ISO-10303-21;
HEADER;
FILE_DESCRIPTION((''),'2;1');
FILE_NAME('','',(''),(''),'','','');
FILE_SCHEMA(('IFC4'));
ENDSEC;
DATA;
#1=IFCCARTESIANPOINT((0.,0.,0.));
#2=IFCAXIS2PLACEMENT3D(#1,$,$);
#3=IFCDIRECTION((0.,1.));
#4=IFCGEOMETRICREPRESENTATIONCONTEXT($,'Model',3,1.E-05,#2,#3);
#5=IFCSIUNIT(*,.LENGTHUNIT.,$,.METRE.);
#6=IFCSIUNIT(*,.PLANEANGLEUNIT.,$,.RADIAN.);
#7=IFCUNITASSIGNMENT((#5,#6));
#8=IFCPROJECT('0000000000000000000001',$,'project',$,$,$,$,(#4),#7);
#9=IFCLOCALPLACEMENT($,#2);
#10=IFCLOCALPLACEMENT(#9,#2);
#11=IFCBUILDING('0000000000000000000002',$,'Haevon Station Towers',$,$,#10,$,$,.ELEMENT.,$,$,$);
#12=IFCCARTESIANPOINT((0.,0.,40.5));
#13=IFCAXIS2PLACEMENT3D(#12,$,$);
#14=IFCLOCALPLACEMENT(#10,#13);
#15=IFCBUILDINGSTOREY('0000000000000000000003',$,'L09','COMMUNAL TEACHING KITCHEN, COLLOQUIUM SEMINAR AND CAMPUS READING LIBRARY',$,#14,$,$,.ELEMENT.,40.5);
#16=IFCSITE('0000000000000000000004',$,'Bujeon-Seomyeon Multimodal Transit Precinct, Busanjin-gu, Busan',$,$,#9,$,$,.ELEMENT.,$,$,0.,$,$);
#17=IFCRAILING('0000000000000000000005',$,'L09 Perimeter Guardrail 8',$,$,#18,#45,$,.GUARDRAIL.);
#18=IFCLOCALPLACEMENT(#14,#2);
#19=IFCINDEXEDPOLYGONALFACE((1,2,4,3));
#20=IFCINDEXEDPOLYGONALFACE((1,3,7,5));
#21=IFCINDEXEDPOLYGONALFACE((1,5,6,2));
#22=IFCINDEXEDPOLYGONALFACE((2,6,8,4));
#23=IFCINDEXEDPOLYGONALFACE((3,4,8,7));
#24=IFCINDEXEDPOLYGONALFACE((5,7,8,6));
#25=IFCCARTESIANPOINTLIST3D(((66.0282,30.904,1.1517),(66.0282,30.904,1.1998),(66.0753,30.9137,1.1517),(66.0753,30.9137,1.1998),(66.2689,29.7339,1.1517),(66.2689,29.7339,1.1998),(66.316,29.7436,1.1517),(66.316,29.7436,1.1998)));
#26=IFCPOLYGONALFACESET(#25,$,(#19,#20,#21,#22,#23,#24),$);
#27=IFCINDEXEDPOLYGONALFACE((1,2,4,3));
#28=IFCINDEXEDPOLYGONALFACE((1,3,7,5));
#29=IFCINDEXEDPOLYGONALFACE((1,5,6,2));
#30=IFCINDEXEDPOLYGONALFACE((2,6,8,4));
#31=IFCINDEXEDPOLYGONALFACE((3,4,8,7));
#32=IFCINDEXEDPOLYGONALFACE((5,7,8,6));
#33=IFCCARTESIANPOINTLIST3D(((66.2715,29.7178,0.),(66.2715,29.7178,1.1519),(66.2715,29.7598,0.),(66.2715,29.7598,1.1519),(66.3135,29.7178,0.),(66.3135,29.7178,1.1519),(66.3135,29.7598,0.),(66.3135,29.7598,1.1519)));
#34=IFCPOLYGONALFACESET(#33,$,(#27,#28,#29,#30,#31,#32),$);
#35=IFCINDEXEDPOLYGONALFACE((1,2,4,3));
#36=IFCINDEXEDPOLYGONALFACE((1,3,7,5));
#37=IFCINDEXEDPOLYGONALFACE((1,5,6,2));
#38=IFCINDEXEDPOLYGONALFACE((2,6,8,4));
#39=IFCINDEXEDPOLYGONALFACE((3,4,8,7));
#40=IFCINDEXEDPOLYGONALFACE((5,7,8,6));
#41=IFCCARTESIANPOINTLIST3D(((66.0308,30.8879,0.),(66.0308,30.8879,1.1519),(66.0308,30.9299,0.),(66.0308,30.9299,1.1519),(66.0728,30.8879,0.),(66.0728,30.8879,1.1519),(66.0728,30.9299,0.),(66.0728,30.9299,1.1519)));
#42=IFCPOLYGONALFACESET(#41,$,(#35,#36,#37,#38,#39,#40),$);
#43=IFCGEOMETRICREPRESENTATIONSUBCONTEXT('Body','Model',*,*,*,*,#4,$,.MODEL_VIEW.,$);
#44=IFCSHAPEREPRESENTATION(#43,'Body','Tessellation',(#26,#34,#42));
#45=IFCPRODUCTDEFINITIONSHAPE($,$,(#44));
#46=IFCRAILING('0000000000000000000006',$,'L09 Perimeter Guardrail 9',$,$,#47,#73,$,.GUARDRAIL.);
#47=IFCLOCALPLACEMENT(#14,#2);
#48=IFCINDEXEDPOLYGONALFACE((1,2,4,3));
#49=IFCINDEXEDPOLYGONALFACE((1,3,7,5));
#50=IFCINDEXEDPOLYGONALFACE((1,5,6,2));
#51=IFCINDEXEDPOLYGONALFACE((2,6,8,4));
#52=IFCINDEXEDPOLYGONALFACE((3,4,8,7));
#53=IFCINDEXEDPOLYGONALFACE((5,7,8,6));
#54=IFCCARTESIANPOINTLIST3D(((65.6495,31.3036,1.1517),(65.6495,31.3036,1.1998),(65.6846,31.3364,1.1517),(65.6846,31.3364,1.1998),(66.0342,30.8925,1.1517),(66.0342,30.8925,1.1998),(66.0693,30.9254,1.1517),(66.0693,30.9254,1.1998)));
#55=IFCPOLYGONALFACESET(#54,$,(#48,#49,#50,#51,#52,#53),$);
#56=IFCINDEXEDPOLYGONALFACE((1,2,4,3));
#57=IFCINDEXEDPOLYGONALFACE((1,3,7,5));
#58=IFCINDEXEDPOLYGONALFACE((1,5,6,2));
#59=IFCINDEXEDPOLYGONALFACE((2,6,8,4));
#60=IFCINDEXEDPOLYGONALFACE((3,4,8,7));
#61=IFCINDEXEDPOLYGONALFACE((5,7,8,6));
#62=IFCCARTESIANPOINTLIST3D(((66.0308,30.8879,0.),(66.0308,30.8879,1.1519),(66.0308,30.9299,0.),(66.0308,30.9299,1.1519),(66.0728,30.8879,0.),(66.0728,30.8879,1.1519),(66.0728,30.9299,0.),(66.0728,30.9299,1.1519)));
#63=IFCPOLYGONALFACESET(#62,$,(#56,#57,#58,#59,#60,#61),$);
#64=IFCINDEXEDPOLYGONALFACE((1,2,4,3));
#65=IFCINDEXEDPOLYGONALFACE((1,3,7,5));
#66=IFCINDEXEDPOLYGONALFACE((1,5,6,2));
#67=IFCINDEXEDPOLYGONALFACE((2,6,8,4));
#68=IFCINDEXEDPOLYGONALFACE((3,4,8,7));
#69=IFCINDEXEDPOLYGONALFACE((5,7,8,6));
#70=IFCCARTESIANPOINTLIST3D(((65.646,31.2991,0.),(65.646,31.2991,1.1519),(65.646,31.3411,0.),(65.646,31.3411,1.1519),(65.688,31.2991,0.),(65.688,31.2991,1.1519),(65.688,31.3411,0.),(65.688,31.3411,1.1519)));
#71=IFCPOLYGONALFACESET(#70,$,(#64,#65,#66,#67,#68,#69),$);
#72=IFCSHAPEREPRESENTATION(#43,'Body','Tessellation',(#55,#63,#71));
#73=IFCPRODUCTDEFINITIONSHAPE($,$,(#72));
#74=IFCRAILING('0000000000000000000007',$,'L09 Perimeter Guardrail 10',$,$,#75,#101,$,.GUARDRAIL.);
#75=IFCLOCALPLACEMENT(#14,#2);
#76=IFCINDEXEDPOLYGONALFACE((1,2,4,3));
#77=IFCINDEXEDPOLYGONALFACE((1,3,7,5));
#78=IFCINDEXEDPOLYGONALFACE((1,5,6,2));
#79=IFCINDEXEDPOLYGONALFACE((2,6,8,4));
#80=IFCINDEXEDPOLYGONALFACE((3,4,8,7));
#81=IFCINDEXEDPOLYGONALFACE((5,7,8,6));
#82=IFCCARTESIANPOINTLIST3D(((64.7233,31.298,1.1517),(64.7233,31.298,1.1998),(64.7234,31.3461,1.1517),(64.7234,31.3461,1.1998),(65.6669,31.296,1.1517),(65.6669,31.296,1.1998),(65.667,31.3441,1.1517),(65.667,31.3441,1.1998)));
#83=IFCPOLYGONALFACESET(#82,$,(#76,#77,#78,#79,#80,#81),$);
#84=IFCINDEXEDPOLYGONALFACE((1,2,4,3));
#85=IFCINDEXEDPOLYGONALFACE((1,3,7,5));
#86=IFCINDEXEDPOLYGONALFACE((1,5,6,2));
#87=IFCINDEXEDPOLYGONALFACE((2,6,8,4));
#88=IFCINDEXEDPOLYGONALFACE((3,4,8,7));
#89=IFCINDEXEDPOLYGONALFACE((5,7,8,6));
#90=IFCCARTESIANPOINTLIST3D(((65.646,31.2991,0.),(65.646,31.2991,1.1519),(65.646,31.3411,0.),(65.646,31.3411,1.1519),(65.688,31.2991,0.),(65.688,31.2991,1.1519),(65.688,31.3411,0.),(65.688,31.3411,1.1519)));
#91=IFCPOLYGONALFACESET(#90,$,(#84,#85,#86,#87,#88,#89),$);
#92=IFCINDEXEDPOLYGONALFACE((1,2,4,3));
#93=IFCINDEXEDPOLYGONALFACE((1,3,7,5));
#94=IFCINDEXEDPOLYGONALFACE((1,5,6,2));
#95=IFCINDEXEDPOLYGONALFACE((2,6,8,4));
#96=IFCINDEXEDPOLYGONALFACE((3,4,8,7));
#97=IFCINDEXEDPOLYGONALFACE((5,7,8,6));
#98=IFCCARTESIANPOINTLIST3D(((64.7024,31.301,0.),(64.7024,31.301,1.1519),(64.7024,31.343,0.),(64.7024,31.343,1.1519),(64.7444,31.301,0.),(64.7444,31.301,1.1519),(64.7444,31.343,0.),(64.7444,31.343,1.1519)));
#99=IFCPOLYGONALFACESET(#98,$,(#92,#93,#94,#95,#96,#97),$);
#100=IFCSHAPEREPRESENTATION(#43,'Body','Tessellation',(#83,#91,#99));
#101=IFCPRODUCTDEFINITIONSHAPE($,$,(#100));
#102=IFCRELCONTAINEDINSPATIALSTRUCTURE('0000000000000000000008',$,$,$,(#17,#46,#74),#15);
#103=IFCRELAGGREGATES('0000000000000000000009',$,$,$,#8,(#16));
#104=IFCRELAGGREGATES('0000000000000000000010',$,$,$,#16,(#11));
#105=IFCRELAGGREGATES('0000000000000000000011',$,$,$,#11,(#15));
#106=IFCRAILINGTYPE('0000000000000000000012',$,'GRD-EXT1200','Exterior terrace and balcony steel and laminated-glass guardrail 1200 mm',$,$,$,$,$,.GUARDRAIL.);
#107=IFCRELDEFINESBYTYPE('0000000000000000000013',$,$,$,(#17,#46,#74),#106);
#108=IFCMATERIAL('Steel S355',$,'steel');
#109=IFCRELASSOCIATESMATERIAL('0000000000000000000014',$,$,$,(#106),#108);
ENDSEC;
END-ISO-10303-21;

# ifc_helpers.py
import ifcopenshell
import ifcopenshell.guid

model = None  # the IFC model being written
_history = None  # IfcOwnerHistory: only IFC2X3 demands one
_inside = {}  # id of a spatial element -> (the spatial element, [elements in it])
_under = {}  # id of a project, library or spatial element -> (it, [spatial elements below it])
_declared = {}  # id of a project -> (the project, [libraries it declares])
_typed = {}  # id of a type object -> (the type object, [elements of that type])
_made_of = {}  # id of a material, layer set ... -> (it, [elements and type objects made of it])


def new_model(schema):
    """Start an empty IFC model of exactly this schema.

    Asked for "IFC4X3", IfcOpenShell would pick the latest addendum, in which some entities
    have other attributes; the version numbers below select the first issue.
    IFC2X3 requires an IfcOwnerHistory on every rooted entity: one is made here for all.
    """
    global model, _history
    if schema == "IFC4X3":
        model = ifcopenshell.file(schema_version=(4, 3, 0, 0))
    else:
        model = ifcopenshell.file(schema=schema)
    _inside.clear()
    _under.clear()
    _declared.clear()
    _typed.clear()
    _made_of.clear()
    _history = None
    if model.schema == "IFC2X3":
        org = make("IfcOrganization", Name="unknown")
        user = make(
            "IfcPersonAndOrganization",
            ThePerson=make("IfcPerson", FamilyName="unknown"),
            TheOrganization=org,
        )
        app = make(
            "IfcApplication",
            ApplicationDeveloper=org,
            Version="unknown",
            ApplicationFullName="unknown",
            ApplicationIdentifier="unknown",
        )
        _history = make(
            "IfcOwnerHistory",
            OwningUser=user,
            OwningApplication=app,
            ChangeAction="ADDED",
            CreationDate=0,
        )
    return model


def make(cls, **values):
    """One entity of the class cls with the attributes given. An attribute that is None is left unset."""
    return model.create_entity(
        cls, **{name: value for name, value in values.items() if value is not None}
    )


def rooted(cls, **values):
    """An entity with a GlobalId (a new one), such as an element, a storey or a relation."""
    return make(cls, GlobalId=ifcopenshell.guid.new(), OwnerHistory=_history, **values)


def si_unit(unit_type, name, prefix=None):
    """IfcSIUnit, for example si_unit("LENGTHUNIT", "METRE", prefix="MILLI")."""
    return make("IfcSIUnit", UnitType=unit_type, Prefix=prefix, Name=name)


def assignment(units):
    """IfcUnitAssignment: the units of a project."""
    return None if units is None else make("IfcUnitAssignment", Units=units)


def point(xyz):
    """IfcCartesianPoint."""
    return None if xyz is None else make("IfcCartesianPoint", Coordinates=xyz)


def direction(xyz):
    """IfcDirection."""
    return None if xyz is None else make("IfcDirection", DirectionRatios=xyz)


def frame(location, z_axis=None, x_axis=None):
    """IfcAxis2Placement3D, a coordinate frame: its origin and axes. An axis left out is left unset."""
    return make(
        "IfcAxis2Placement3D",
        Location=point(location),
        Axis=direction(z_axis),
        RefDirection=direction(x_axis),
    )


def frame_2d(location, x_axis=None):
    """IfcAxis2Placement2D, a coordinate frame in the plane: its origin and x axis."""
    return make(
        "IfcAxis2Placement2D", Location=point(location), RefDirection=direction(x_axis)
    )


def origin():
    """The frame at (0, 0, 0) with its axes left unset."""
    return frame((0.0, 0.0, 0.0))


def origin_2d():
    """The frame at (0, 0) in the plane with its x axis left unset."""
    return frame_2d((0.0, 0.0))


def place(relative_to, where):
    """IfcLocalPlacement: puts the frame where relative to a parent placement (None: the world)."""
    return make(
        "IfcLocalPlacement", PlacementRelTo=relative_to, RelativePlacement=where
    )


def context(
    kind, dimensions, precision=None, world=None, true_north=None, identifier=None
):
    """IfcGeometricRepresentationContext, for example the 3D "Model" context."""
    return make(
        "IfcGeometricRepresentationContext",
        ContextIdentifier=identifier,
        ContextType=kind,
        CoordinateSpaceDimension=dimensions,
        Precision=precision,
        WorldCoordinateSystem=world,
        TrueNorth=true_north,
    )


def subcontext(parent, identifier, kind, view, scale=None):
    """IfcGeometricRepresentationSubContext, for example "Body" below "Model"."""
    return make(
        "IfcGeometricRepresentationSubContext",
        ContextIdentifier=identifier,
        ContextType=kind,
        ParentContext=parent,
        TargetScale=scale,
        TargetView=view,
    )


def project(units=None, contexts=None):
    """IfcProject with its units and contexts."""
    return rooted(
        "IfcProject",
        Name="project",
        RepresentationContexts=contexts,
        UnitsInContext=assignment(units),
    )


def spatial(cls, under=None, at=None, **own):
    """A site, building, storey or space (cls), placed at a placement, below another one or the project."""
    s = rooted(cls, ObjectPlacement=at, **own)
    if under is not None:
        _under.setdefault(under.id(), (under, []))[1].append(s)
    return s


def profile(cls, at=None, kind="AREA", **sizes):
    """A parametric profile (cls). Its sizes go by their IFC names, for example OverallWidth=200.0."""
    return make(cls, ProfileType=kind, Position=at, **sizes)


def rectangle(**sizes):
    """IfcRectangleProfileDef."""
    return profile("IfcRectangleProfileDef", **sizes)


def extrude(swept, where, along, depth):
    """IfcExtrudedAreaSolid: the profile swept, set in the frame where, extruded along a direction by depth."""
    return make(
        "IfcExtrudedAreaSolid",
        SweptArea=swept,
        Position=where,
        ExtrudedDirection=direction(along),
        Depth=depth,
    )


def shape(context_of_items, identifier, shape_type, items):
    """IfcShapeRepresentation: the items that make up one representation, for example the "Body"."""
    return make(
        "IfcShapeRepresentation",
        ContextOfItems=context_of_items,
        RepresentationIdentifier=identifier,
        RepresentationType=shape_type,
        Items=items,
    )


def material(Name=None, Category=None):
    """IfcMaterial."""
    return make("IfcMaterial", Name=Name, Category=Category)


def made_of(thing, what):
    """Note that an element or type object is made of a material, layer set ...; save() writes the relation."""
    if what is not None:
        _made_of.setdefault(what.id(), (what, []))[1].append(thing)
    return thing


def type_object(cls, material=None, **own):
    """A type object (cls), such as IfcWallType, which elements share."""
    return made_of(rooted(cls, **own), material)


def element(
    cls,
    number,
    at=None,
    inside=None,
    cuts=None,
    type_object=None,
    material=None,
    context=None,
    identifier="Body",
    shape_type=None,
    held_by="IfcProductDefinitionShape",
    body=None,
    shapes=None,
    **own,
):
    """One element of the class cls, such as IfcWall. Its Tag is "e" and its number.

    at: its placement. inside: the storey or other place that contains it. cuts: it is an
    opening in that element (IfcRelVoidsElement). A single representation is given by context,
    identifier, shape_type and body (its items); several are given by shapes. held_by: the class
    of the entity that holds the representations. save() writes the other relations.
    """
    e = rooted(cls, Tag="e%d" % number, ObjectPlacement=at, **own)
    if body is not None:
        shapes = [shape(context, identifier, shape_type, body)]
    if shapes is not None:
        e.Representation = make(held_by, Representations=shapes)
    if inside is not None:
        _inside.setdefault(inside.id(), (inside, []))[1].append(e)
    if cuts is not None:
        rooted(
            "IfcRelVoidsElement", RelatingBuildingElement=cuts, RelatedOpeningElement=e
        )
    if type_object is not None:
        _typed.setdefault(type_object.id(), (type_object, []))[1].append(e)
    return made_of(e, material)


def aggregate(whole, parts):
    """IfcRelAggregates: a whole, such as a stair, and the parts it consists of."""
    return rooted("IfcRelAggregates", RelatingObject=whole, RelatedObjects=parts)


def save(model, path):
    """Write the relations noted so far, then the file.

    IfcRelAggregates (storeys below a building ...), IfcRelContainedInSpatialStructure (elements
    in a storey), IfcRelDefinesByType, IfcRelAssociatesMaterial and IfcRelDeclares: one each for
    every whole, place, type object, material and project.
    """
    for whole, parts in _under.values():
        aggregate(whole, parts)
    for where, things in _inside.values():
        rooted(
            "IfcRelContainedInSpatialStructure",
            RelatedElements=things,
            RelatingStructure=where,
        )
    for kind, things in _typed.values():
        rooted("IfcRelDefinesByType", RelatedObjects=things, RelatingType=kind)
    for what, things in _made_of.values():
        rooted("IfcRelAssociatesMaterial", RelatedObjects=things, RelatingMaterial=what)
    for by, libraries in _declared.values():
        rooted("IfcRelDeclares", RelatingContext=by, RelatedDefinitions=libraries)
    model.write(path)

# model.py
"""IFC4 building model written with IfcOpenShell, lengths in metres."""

from ifc_helpers import new_model, si_unit, direction, frame, origin, origin_2d, place, context, subcontext, project, spatial, rectangle, extrude, material, type_object, element, save


model = new_model("IFC4")

# Units and contexts
model_context = context("Model", 3, precision=1e-05, world=origin(), true_north=direction((0.0, 1.0)))
body_context = subcontext(model_context, "Body", "Model", "MODEL_VIEW")
ifc_project = project(units=[si_unit("LENGTHUNIT", "METRE"), si_unit("PLANEANGLEUNIT", "RADIAN")], contexts=[model_context])

# Site, building, storey
site_placement = place(None, origin())
site = spatial("IfcSite", under=ifc_project, at=site_placement, Name="Bujeon-Seomyeon Multimodal Transit Precinct, Busanjin-gu, Busan", CompositionType="ELEMENT", RefElevation=0.0)
building_placement = place(site_placement, origin())
building = spatial("IfcBuilding", under=site, at=building_placement, Name="Haevon Station Towers", CompositionType="ELEMENT")
storey_placement = place(building_placement, frame((0.0, 0.0, 40.5)))
storey = spatial("IfcBuildingStorey", under=building, at=storey_placement, Name="L09", Description="COMMUNAL TEACHING KITCHEN, COLLOQUIUM SEMINAR AND CAMPUS READING LIBRARY", CompositionType="ELEMENT", Elevation=40.5)

# Shared definitions
ifc_material_1 = material(Name="Steel S355", Category="steel")

# Railings
railing_type = type_object("IfcRailingType", Name="GRD-EXT1200", Description="Exterior terrace and balcony steel and laminated-glass guardrail 1200 mm", PredefinedType="GUARDRAIL", material=ifc_material_1)
railing_1_placement = place(storey_placement, frame((66.2925, 29.7388, 0.0)))
element("IfcRailing", 1, at=railing_1_placement, inside=storey, type_object=railing_type, Name="L09 Perimeter Guardrail 8", PredefinedType="GUARDRAIL", context=body_context, shape_type="SweptSolid", body=[
    extrude(rectangle(XDim=0.0481, YDim=0.0481, at=origin_2d()), frame((0.0, 0.0, 1.1758), z_axis=(-0.201497, 0.979489, 0.0), x_axis=(-0.979489, -0.201497, 0.0)), (0.0, 0.0, 1.0), 1.1946),
    extrude(rectangle(XDim=0.042, YDim=0.042, at=origin_2d()), origin(), (0.0, 0.0, 1.0), 1.1519),
    extrude(rectangle(XDim=0.042, YDim=0.042, at=origin_2d()), frame((-0.2407, 1.1702, 0.0)), (0.0, 0.0, 1.0), 1.1519),
])
railing_2_placement = place(storey_placement, frame((66.0518, 30.9089, 0.0)))
element("IfcRailing", 2, at=railing_2_placement, inside=storey, type_object=railing_type, Name="L09 Perimeter Guardrail 9", PredefinedType="GUARDRAIL", context=body_context, shape_type="SweptSolid", body=[
    extrude(rectangle(XDim=0.0481, YDim=0.0481, at=origin_2d()), frame((0.0, 0.0, 1.1758), z_axis=(-0.683306, 0.730132, 0.0), x_axis=(-0.730132, -0.683306, 0.0)), (0.0, 0.0, 1.0), 0.563),
    extrude(rectangle(XDim=0.042, YDim=0.042, at=origin_2d()), origin(), (0.0, 0.0, 1.0), 1.1519),
    extrude(rectangle(XDim=0.042, YDim=0.042, at=origin_2d()), frame((-0.3848, 0.4111, 0.0)), (0.0, 0.0, 1.0), 1.1519),
])
railing_3_placement = place(storey_placement, frame((65.667, 31.3201, 0.0)))
element("IfcRailing", 3, at=railing_3_placement, inside=storey, type_object=railing_type, Name="L09 Perimeter Guardrail 10", PredefinedType="GUARDRAIL", context=body_context, shape_type="SweptSolid", body=[
    extrude(rectangle(XDim=0.0481, YDim=0.0481, at=origin_2d()), frame((0.0, 0.0, 1.1758), z_axis=(-0.999998, 0.00207, 0.0), x_axis=(-0.00207, -0.999998, 0.0)), (0.0, 0.0, 1.0), 0.9436),
    extrude(rectangle(XDim=0.042, YDim=0.042, at=origin_2d()), origin(), (0.0, 0.0, 1.0), 1.1519),
    extrude(rectangle(XDim=0.042, YDim=0.042, at=origin_2d()), frame((-0.9436, 0.002, 0.0)), (0.0, 0.0, 1.0), 1.1519),
])

save(model, "model.ifc")
